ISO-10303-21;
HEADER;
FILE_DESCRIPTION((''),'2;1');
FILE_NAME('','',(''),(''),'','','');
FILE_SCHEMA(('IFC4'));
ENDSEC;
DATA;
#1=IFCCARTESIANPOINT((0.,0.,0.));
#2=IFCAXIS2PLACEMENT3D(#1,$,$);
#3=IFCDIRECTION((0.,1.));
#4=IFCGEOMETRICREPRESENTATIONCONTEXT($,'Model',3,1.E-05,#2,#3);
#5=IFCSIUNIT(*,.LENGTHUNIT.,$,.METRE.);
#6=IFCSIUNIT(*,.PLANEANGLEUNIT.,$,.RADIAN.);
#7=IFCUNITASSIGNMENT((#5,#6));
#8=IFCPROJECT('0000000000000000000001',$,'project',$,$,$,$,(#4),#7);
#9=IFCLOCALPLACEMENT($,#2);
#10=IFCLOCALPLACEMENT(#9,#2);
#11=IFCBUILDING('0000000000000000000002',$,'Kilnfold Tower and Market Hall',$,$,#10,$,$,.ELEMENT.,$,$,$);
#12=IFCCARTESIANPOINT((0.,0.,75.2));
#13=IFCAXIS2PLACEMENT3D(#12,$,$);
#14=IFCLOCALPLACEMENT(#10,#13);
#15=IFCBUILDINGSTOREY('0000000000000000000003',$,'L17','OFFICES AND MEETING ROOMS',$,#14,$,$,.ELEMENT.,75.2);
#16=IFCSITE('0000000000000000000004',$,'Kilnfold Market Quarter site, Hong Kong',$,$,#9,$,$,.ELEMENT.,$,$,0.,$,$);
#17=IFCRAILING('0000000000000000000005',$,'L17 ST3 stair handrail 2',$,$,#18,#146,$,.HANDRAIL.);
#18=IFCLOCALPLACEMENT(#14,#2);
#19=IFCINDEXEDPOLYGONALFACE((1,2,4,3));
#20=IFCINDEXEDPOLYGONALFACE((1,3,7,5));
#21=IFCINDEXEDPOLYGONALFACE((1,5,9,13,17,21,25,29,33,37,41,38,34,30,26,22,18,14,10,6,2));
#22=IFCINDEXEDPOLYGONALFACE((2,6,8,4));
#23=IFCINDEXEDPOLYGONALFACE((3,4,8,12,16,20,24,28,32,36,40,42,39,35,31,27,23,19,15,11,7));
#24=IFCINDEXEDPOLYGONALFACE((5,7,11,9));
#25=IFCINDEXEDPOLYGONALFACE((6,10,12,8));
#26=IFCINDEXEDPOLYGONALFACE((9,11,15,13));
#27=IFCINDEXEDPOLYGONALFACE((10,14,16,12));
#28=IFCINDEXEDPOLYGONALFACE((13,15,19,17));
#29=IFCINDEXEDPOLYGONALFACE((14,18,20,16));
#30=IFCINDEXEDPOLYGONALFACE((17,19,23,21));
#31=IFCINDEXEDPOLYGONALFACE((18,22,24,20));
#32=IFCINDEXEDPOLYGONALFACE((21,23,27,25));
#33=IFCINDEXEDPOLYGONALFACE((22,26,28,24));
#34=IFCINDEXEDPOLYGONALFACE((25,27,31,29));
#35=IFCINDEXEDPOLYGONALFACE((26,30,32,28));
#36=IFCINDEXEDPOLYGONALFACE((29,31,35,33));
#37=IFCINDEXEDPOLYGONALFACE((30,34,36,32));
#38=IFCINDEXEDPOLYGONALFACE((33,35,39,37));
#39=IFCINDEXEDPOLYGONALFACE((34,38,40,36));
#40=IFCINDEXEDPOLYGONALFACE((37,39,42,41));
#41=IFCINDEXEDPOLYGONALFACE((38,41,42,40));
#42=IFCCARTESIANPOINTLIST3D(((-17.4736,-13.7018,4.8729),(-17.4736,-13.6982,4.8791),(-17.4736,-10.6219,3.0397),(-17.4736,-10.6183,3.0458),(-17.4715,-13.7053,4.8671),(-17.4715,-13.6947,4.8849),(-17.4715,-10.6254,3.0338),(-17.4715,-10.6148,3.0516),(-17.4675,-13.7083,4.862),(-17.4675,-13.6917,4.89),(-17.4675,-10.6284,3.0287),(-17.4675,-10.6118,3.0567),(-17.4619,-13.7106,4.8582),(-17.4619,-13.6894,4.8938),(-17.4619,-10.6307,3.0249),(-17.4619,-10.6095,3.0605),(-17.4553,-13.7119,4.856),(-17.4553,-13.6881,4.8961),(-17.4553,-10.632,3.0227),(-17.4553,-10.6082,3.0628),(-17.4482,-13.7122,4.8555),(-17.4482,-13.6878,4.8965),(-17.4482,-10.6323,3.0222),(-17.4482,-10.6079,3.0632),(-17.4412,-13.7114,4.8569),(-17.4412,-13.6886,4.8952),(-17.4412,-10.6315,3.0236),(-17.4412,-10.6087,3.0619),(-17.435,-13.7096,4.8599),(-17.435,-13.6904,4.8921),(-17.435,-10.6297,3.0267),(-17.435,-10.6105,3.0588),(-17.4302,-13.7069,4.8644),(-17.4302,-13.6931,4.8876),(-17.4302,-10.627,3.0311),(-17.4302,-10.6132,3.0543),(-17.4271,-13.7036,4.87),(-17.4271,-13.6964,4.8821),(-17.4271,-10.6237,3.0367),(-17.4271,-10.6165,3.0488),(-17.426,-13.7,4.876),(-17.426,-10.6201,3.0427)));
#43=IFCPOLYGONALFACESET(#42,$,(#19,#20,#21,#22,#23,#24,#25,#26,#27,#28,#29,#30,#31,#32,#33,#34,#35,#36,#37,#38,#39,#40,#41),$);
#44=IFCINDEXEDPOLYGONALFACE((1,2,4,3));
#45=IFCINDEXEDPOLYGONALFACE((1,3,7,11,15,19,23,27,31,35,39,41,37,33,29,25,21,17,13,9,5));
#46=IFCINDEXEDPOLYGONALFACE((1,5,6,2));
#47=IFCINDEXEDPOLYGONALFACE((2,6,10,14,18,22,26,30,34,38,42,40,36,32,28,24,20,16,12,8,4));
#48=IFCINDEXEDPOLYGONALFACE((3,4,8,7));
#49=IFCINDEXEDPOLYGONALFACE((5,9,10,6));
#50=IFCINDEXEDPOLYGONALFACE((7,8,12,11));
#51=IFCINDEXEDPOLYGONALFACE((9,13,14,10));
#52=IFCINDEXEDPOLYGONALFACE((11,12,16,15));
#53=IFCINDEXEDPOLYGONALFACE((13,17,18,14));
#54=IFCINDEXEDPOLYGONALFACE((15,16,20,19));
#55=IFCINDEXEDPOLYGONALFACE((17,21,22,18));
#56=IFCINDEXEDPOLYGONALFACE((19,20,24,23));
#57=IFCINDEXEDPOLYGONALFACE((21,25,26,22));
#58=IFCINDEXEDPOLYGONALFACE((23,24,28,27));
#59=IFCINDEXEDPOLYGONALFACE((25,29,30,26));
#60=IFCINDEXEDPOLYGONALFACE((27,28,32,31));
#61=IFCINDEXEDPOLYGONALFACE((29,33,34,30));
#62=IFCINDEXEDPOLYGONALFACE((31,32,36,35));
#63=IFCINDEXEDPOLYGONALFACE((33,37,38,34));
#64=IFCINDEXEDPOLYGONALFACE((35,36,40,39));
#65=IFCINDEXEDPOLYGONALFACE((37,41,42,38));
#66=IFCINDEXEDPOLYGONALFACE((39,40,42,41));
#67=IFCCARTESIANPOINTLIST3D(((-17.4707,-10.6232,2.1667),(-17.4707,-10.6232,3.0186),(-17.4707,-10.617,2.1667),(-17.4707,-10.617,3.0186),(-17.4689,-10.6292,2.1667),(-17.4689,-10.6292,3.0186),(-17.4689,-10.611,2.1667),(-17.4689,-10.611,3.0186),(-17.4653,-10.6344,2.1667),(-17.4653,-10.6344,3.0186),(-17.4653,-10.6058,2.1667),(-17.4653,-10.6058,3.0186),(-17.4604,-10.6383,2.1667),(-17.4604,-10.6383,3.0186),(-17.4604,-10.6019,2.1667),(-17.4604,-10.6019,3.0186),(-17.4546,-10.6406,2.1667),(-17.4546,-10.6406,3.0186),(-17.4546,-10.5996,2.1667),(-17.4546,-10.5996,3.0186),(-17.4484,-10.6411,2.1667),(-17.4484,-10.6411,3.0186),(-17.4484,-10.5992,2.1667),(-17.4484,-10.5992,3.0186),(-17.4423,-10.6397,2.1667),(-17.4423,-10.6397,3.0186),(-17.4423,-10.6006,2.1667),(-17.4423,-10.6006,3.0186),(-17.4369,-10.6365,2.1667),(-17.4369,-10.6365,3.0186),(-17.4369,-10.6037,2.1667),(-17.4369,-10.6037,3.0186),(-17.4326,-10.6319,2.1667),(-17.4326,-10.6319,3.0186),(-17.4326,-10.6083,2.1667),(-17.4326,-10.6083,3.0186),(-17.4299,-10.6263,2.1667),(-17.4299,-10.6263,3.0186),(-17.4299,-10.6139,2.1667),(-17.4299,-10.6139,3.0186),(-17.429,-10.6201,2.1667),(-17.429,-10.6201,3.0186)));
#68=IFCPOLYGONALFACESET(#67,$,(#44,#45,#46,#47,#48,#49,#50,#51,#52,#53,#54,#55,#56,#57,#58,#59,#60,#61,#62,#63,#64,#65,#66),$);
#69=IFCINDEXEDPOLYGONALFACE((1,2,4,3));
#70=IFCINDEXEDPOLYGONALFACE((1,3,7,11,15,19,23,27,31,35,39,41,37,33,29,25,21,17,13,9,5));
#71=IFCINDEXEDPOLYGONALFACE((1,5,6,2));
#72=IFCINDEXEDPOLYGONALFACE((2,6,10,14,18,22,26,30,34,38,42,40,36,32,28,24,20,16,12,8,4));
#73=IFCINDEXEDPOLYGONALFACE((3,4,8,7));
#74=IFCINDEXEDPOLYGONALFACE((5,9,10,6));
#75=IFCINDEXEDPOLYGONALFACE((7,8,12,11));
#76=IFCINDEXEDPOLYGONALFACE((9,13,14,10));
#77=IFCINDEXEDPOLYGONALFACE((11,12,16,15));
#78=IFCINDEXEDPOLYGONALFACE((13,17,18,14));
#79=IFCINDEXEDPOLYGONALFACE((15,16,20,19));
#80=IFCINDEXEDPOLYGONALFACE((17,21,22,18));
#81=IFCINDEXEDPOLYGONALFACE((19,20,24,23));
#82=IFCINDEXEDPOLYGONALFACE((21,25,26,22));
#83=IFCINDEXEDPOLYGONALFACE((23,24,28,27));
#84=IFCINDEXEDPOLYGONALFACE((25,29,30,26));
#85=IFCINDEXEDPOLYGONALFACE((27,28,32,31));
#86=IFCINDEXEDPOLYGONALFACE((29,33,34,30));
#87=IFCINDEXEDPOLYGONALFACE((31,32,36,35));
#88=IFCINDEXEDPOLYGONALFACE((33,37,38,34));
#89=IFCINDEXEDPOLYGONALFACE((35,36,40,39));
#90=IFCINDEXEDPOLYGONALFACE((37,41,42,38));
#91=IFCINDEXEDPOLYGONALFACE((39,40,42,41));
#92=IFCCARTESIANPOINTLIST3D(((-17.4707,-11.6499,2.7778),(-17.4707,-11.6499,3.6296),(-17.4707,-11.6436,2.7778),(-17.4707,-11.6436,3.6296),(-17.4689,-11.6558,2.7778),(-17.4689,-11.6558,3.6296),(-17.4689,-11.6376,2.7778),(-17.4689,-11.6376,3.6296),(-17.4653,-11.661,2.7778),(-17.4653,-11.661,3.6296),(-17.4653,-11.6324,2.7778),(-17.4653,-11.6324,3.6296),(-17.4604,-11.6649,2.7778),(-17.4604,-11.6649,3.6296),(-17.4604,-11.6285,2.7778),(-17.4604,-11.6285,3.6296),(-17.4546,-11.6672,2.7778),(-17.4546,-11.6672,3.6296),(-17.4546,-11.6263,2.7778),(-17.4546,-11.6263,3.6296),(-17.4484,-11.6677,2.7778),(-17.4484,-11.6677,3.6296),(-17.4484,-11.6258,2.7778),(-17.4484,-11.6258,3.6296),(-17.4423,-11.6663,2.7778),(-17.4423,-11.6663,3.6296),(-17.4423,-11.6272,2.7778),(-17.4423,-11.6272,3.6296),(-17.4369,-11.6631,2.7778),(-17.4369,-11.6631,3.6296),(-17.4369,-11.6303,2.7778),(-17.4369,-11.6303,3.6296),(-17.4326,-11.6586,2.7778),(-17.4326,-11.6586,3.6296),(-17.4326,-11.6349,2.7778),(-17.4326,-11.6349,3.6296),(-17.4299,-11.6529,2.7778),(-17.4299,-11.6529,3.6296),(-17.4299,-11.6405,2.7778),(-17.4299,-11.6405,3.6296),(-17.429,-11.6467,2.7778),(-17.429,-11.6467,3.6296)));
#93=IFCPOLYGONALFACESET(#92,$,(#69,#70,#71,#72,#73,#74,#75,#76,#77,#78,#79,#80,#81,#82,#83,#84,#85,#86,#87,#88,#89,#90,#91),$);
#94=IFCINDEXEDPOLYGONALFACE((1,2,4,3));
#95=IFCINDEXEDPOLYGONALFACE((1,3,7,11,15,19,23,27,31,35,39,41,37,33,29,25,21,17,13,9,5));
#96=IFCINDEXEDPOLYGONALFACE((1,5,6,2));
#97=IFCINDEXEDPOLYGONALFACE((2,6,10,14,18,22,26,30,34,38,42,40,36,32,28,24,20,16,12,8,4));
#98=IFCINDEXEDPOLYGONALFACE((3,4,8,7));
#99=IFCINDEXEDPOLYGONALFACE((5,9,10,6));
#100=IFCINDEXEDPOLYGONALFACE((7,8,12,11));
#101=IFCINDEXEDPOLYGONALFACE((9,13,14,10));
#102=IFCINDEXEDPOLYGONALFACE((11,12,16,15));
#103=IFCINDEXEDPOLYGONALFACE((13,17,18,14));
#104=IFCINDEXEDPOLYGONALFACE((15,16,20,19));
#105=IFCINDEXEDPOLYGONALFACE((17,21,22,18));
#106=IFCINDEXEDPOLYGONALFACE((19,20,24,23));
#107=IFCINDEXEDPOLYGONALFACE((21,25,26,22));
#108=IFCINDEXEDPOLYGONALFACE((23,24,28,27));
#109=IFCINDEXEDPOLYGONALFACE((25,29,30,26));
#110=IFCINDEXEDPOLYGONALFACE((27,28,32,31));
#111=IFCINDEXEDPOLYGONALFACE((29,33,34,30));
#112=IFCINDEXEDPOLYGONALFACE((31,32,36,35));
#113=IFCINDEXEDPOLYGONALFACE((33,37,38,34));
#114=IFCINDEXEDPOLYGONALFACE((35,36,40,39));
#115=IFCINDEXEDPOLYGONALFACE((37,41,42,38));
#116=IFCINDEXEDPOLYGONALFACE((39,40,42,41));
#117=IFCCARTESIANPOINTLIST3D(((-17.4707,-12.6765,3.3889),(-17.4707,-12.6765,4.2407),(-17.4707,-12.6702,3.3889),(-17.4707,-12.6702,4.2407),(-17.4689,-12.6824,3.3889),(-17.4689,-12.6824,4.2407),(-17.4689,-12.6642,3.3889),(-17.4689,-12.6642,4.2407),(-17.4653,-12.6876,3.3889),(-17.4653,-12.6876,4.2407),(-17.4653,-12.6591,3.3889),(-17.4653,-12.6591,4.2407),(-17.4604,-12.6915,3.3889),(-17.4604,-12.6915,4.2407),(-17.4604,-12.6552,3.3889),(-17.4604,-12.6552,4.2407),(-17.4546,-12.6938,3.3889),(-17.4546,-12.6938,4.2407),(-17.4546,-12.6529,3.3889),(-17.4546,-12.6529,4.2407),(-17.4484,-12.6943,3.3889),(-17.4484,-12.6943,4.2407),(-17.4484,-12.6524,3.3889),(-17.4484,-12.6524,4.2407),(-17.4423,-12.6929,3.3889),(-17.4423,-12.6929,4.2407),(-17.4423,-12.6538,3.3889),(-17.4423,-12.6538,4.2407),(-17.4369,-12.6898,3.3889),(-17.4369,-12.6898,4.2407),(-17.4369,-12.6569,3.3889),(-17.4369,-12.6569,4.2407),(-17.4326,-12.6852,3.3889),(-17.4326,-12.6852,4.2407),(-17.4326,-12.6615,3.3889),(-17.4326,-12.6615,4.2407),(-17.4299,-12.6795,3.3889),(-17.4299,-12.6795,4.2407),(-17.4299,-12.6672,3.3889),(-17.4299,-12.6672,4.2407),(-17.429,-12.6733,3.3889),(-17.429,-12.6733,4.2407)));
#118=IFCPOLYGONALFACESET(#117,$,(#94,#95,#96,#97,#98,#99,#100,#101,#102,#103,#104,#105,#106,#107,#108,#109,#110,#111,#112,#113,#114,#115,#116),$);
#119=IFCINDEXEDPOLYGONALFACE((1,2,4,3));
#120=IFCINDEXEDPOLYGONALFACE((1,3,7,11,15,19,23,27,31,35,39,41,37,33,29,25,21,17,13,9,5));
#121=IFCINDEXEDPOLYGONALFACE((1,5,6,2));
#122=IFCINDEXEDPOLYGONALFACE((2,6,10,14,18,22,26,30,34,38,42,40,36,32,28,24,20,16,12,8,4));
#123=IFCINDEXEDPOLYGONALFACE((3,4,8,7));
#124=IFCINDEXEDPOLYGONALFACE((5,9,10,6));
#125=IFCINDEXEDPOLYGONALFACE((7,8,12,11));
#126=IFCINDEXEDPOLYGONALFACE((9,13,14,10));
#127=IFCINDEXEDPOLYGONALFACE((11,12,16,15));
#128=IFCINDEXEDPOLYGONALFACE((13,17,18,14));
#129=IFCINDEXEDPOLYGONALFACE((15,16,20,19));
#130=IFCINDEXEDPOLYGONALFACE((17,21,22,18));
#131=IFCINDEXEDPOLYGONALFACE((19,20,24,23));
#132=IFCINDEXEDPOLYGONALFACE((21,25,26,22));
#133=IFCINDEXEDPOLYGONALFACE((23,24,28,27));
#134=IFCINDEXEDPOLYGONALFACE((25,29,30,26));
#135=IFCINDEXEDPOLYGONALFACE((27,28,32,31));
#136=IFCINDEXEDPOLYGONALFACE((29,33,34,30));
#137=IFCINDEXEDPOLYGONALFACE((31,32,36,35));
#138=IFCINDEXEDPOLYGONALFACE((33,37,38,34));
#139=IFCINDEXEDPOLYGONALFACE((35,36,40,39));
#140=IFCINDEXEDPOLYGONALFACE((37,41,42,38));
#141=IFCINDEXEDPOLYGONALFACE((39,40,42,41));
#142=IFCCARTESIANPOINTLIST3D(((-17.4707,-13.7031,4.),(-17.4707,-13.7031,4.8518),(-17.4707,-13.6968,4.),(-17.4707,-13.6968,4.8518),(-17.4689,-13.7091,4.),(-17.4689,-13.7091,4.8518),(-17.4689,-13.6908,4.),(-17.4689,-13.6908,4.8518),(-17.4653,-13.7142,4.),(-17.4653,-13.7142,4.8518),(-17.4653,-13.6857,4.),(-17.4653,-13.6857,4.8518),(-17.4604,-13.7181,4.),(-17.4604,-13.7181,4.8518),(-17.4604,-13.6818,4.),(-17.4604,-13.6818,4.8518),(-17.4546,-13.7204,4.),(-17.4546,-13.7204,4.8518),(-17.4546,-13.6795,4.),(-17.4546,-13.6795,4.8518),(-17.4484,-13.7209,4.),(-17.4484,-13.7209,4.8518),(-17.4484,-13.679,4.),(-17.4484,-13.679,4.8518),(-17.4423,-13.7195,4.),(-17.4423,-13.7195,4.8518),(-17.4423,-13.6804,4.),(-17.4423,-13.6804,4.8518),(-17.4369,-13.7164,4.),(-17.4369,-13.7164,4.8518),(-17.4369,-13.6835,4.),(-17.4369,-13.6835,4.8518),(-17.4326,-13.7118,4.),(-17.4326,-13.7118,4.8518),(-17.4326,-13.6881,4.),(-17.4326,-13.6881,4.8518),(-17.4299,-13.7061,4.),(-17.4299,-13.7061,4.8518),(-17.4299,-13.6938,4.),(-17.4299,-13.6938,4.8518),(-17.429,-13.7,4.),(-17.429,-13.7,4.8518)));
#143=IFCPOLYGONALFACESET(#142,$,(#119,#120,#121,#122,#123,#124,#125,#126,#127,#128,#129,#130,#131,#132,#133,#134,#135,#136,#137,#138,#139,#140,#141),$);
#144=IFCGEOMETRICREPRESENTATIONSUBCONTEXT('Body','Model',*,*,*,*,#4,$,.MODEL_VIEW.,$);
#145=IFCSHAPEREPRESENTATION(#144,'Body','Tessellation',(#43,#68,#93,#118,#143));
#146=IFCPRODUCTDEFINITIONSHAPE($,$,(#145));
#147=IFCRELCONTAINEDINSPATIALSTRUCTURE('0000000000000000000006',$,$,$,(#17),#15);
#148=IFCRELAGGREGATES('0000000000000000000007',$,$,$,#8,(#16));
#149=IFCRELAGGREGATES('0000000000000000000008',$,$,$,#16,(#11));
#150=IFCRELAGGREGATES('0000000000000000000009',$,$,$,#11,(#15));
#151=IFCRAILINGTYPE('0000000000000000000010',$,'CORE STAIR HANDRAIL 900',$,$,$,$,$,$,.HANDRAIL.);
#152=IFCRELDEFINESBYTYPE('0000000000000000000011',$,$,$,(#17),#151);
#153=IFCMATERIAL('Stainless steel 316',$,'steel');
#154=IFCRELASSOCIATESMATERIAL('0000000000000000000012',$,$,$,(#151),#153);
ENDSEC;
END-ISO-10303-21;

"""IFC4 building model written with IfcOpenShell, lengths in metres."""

from ifc_helpers import new_model, si_unit, direction, frame, origin, origin_2d, place, context, subcontext, project, spatial, circle, extrude, material, type_object, element, save


model = new_model("IFC4")

# Units and contexts
model_context = context("Model", 3, precision=1e-05, world=origin(), true_north=direction((0.0, 1.0)))
body_context = subcontext(model_context, "Body", "Model", "MODEL_VIEW")
ifc_project = project(units=[si_unit("LENGTHUNIT", "METRE"), si_unit("PLANEANGLEUNIT", "RADIAN")], contexts=[model_context])

# Site, building, storey
site_placement = place(None, origin())
site = spatial("IfcSite", under=ifc_project, at=site_placement, Name="Kilnfold Market Quarter site, Hong Kong", CompositionType="ELEMENT", RefElevation=0.0)
building_placement = place(site_placement, origin())
building = spatial("IfcBuilding", under=site, at=building_placement, Name="Kilnfold Tower and Market Hall", CompositionType="ELEMENT")
storey_placement = place(building_placement, frame((0.0, 0.0, 75.2)))
storey = spatial("IfcBuildingStorey", under=building, at=storey_placement, Name="L17", Description="OFFICES AND MEETING ROOMS", CompositionType="ELEMENT", Elevation=75.2)

# Railing
ifc_material_1 = material(Name="Stainless steel 316", Category="steel")
railing_type_1 = type_object("IfcRailingType", Name="CORE STAIR HANDRAIL 900", PredefinedType="HANDRAIL", material=ifc_material_1)
railing_1_placement = place(storey_placement, frame((-17.45, -10.6201, 2.1667)))
element("IfcRailing", 1, at=railing_1_placement, inside=storey, type_object=railing_type_1, Name="L17 ST3 stair handrail 2", PredefinedType="HANDRAIL", context=body_context, shape_type="SweptSolid", body=[
    extrude(circle(Radius=0.0239, at=origin_2d()), frame((0.0, 0.0, 0.876), z_axis=(0.0, -0.859291, 0.511487), x_axis=(1.0, 0.0, 0.0)), (0.0, 0.0, 1.0), 3.5842),
    extrude(circle(Radius=0.021, at=origin_2d()), origin(), (0.0, 0.0, 1.0), 0.8518),
    extrude(circle(Radius=0.021, at=origin_2d()), frame((0.0, -1.0266, 0.6111)), (0.0, 0.0, 1.0), 0.8518),
    extrude(circle(Radius=0.021, at=origin_2d()), frame((0.0, -2.0532, 1.2222)), (0.0, 0.0, 1.0), 0.8518),
    extrude(circle(Radius=0.021, at=origin_2d()), frame((0.0, -3.0798, 1.8333)), (0.0, 0.0, 1.0), 0.8518),
])

save(model, "model.ifc")
